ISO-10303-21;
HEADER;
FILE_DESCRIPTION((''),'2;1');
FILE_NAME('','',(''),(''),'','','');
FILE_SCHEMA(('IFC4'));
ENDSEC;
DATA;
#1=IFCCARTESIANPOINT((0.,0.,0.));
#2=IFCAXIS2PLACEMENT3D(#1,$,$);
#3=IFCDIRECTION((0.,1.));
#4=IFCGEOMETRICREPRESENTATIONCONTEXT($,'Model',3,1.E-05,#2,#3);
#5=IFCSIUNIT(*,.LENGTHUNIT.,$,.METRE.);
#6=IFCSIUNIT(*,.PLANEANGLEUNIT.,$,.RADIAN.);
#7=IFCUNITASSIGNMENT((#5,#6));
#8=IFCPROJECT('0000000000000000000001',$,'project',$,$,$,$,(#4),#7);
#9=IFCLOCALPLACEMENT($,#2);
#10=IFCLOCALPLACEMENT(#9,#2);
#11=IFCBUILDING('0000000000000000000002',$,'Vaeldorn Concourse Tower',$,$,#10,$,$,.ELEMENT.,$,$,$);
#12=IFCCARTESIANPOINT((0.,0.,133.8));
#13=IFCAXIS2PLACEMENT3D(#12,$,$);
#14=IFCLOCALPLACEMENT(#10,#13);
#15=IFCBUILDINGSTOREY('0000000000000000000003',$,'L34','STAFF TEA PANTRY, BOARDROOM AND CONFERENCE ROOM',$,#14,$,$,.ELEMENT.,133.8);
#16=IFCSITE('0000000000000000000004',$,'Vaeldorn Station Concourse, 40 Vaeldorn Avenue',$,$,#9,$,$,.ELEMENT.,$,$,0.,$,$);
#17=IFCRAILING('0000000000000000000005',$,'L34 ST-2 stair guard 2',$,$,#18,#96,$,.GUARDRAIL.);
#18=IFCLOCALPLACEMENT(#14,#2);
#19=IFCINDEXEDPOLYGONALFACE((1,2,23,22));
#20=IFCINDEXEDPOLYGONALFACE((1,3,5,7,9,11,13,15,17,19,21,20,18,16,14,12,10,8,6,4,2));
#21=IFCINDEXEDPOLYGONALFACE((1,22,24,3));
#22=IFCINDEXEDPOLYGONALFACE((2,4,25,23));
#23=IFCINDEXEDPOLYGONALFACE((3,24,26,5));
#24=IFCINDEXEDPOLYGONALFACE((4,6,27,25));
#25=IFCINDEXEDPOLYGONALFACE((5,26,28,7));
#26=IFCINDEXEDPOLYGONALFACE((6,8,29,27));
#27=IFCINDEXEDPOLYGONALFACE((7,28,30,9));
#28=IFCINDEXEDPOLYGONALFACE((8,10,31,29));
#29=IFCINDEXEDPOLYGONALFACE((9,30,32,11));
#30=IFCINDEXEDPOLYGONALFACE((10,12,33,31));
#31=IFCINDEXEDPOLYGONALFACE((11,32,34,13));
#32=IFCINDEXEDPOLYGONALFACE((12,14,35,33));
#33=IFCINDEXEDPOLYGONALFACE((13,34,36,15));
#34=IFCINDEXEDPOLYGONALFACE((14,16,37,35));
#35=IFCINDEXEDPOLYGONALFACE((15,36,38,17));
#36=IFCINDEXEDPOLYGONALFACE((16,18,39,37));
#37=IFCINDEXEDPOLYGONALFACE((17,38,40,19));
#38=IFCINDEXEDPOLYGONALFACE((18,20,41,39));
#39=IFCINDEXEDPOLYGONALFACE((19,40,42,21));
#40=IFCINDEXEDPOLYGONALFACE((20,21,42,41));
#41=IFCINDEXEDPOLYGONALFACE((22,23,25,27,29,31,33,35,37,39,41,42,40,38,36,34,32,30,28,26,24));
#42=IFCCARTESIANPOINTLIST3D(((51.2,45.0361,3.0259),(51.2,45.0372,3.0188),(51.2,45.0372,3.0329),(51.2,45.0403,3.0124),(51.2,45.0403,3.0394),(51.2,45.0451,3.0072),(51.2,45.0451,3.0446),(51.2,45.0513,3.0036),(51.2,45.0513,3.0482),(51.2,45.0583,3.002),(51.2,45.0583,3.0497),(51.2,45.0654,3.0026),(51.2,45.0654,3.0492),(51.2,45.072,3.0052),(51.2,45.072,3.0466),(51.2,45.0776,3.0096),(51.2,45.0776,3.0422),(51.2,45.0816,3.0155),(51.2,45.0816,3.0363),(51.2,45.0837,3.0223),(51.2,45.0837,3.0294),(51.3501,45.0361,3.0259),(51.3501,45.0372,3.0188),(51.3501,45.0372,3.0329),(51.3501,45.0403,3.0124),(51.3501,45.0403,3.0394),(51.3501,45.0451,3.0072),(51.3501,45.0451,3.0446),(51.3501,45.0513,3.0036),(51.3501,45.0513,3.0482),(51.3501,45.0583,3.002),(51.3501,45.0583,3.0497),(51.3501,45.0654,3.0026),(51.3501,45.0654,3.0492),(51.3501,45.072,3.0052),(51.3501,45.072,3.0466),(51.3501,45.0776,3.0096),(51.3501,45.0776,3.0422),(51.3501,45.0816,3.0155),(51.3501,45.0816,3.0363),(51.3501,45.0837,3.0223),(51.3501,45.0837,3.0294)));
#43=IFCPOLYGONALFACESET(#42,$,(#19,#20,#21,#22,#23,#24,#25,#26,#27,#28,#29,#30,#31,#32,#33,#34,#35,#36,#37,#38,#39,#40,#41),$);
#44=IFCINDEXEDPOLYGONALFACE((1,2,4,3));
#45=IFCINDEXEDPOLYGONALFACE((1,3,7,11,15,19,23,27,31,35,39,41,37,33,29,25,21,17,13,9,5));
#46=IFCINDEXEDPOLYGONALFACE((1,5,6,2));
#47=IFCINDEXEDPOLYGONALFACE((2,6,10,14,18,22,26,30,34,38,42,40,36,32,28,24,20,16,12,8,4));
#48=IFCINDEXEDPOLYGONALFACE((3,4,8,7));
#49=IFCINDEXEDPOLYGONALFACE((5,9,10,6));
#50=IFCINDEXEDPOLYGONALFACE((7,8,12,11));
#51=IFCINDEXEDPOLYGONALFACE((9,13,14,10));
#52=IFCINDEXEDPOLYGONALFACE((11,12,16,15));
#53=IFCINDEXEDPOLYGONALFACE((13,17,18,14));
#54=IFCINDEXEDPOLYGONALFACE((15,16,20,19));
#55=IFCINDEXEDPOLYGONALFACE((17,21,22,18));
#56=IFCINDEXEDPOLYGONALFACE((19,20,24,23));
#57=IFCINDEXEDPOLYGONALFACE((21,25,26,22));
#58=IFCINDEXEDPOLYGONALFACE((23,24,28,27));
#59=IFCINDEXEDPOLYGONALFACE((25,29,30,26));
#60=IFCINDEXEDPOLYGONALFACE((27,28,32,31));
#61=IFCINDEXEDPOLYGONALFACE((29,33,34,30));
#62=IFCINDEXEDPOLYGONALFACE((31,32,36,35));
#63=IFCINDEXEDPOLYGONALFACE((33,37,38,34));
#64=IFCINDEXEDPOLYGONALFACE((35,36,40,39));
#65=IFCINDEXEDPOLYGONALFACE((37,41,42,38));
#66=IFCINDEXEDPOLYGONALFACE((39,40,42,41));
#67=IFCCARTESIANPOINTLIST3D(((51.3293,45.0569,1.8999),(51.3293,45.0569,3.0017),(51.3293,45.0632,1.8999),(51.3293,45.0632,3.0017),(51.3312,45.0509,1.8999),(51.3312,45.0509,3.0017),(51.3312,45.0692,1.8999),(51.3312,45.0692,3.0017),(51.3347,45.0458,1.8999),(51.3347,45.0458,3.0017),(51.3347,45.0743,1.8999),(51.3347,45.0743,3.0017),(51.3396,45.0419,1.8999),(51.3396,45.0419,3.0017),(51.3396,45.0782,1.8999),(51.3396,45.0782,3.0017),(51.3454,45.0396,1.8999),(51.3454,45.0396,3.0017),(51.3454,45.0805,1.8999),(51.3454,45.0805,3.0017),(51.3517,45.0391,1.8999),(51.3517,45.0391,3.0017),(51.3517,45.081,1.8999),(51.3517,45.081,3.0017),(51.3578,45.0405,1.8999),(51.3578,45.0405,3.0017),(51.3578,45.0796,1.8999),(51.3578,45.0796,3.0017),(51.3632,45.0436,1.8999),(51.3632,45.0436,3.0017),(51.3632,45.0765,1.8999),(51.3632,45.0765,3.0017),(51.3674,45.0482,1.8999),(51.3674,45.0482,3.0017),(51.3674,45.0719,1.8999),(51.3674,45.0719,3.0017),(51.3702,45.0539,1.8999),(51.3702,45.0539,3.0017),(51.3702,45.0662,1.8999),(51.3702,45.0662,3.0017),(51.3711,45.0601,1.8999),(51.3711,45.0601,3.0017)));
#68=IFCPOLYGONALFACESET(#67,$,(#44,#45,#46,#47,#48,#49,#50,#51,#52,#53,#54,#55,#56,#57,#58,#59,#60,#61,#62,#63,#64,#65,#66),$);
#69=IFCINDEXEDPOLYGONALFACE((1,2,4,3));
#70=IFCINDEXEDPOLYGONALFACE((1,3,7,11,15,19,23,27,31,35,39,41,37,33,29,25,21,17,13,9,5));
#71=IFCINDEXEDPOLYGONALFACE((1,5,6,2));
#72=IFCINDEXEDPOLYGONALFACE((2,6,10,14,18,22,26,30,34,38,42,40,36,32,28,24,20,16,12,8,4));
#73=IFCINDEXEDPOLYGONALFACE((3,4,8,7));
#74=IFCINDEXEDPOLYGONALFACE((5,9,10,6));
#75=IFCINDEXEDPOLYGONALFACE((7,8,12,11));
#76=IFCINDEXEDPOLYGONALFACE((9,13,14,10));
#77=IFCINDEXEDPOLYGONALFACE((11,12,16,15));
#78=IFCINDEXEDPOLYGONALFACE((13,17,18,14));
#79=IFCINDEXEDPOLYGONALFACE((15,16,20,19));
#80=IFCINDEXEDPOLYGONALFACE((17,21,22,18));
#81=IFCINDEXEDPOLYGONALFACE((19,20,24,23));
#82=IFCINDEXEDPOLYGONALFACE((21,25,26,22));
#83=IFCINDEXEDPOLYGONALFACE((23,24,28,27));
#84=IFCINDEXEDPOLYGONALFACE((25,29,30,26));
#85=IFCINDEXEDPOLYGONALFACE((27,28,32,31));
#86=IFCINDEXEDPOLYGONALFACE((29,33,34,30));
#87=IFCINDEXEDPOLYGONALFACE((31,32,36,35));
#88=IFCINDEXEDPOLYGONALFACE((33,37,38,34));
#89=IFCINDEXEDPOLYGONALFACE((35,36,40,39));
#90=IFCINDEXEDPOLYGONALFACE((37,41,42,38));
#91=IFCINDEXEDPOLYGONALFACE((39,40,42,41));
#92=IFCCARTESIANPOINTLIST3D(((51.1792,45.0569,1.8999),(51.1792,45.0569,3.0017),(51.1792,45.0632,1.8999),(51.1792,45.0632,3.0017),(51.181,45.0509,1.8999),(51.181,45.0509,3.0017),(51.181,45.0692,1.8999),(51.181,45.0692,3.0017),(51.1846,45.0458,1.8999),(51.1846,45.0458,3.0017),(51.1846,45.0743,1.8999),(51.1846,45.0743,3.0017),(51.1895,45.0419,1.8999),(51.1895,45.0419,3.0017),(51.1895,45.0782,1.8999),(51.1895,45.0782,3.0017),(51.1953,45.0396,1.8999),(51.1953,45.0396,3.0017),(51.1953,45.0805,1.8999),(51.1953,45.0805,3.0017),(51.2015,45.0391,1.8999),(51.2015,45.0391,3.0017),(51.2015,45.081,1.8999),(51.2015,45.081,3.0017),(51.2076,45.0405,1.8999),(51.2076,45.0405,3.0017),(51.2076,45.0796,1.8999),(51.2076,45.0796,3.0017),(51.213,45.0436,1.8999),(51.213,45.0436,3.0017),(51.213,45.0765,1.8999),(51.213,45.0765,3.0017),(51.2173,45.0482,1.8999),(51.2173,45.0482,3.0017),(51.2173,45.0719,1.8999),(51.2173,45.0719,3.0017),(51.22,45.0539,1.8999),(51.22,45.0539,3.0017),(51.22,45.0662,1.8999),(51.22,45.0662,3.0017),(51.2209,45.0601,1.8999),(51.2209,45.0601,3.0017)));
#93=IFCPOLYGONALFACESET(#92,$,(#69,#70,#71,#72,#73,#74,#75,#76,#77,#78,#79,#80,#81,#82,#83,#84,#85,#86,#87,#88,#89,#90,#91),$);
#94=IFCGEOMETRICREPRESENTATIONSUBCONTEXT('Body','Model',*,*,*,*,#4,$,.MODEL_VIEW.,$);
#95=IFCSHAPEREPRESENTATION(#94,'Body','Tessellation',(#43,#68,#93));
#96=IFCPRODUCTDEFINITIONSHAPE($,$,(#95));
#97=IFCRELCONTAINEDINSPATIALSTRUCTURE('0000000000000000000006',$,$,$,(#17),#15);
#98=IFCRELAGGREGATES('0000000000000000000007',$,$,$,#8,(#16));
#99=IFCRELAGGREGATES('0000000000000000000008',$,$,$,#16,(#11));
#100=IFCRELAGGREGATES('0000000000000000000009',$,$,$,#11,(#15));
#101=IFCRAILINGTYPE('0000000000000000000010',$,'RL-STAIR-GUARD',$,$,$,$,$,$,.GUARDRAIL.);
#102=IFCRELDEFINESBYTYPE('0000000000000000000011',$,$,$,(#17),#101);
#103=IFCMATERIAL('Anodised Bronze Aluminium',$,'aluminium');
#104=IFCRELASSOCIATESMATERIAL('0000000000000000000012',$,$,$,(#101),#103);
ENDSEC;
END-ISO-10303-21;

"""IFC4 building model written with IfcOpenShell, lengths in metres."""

from ifc_helpers import new_model, si_unit, direction, frame, origin, origin_2d, place, context, subcontext, project, spatial, circle, extrude, material, type_object, element, save


model = new_model("IFC4")

# Units and contexts
model_context = context("Model", 3, precision=1e-05, world=origin(), true_north=direction((0.0, 1.0)))
body_context = subcontext(model_context, "Body", "Model", "MODEL_VIEW")
ifc_project = project(units=[si_unit("LENGTHUNIT", "METRE"), si_unit("PLANEANGLEUNIT", "RADIAN")], contexts=[model_context])

# Site, building, storey
site_placement = place(None, origin())
site = spatial("IfcSite", under=ifc_project, at=site_placement, Name="Vaeldorn Station Concourse, 40 Vaeldorn Avenue", CompositionType="ELEMENT", RefElevation=0.0)
building_placement = place(site_placement, origin())
building = spatial("IfcBuilding", under=site, at=building_placement, Name="Vaeldorn Concourse Tower", CompositionType="ELEMENT")
storey_placement = place(building_placement, frame((0.0, 0.0, 133.8)))
storey = spatial("IfcBuildingStorey", under=building, at=storey_placement, Name="L34", Description="STAFF TEA PANTRY, BOARDROOM AND CONFERENCE ROOM", CompositionType="ELEMENT", Elevation=133.8)

# Shared definitions
ifc_material_1 = material(Name="Anodised Bronze Aluminium", Category="aluminium")

# Railing
railing_type_1 = type_object("IfcRailingType", Name="RL-STAIR-GUARD", PredefinedType="GUARDRAIL", material=ifc_material_1)
railing_1_placement = place(storey_placement, frame((51.3501, 45.0601, 1.8999)))
element("IfcRailing", 1, at=railing_1_placement, inside=storey, type_object=railing_type_1, Name="L34 ST-2 stair guard 2", PredefinedType="GUARDRAIL", context=body_context, shape_type="SweptSolid", body=[
    extrude(circle(Radius=0.0239, at=origin_2d()), frame((0.0, 0.0, 1.126), z_axis=(-1.0, 0.0, 0.0), x_axis=(0.0, -1.0, 0.0)), (0.0, 0.0, 1.0), 0.1501),
    extrude(circle(Radius=0.021, at=origin_2d()), origin(), (0.0, 0.0, 1.0), 1.1018),
    extrude(circle(Radius=0.021, at=origin_2d()), frame((-0.1501, 0.0, 0.0)), (0.0, 0.0, 1.0), 1.1018),
])

save(model, "model.ifc")
